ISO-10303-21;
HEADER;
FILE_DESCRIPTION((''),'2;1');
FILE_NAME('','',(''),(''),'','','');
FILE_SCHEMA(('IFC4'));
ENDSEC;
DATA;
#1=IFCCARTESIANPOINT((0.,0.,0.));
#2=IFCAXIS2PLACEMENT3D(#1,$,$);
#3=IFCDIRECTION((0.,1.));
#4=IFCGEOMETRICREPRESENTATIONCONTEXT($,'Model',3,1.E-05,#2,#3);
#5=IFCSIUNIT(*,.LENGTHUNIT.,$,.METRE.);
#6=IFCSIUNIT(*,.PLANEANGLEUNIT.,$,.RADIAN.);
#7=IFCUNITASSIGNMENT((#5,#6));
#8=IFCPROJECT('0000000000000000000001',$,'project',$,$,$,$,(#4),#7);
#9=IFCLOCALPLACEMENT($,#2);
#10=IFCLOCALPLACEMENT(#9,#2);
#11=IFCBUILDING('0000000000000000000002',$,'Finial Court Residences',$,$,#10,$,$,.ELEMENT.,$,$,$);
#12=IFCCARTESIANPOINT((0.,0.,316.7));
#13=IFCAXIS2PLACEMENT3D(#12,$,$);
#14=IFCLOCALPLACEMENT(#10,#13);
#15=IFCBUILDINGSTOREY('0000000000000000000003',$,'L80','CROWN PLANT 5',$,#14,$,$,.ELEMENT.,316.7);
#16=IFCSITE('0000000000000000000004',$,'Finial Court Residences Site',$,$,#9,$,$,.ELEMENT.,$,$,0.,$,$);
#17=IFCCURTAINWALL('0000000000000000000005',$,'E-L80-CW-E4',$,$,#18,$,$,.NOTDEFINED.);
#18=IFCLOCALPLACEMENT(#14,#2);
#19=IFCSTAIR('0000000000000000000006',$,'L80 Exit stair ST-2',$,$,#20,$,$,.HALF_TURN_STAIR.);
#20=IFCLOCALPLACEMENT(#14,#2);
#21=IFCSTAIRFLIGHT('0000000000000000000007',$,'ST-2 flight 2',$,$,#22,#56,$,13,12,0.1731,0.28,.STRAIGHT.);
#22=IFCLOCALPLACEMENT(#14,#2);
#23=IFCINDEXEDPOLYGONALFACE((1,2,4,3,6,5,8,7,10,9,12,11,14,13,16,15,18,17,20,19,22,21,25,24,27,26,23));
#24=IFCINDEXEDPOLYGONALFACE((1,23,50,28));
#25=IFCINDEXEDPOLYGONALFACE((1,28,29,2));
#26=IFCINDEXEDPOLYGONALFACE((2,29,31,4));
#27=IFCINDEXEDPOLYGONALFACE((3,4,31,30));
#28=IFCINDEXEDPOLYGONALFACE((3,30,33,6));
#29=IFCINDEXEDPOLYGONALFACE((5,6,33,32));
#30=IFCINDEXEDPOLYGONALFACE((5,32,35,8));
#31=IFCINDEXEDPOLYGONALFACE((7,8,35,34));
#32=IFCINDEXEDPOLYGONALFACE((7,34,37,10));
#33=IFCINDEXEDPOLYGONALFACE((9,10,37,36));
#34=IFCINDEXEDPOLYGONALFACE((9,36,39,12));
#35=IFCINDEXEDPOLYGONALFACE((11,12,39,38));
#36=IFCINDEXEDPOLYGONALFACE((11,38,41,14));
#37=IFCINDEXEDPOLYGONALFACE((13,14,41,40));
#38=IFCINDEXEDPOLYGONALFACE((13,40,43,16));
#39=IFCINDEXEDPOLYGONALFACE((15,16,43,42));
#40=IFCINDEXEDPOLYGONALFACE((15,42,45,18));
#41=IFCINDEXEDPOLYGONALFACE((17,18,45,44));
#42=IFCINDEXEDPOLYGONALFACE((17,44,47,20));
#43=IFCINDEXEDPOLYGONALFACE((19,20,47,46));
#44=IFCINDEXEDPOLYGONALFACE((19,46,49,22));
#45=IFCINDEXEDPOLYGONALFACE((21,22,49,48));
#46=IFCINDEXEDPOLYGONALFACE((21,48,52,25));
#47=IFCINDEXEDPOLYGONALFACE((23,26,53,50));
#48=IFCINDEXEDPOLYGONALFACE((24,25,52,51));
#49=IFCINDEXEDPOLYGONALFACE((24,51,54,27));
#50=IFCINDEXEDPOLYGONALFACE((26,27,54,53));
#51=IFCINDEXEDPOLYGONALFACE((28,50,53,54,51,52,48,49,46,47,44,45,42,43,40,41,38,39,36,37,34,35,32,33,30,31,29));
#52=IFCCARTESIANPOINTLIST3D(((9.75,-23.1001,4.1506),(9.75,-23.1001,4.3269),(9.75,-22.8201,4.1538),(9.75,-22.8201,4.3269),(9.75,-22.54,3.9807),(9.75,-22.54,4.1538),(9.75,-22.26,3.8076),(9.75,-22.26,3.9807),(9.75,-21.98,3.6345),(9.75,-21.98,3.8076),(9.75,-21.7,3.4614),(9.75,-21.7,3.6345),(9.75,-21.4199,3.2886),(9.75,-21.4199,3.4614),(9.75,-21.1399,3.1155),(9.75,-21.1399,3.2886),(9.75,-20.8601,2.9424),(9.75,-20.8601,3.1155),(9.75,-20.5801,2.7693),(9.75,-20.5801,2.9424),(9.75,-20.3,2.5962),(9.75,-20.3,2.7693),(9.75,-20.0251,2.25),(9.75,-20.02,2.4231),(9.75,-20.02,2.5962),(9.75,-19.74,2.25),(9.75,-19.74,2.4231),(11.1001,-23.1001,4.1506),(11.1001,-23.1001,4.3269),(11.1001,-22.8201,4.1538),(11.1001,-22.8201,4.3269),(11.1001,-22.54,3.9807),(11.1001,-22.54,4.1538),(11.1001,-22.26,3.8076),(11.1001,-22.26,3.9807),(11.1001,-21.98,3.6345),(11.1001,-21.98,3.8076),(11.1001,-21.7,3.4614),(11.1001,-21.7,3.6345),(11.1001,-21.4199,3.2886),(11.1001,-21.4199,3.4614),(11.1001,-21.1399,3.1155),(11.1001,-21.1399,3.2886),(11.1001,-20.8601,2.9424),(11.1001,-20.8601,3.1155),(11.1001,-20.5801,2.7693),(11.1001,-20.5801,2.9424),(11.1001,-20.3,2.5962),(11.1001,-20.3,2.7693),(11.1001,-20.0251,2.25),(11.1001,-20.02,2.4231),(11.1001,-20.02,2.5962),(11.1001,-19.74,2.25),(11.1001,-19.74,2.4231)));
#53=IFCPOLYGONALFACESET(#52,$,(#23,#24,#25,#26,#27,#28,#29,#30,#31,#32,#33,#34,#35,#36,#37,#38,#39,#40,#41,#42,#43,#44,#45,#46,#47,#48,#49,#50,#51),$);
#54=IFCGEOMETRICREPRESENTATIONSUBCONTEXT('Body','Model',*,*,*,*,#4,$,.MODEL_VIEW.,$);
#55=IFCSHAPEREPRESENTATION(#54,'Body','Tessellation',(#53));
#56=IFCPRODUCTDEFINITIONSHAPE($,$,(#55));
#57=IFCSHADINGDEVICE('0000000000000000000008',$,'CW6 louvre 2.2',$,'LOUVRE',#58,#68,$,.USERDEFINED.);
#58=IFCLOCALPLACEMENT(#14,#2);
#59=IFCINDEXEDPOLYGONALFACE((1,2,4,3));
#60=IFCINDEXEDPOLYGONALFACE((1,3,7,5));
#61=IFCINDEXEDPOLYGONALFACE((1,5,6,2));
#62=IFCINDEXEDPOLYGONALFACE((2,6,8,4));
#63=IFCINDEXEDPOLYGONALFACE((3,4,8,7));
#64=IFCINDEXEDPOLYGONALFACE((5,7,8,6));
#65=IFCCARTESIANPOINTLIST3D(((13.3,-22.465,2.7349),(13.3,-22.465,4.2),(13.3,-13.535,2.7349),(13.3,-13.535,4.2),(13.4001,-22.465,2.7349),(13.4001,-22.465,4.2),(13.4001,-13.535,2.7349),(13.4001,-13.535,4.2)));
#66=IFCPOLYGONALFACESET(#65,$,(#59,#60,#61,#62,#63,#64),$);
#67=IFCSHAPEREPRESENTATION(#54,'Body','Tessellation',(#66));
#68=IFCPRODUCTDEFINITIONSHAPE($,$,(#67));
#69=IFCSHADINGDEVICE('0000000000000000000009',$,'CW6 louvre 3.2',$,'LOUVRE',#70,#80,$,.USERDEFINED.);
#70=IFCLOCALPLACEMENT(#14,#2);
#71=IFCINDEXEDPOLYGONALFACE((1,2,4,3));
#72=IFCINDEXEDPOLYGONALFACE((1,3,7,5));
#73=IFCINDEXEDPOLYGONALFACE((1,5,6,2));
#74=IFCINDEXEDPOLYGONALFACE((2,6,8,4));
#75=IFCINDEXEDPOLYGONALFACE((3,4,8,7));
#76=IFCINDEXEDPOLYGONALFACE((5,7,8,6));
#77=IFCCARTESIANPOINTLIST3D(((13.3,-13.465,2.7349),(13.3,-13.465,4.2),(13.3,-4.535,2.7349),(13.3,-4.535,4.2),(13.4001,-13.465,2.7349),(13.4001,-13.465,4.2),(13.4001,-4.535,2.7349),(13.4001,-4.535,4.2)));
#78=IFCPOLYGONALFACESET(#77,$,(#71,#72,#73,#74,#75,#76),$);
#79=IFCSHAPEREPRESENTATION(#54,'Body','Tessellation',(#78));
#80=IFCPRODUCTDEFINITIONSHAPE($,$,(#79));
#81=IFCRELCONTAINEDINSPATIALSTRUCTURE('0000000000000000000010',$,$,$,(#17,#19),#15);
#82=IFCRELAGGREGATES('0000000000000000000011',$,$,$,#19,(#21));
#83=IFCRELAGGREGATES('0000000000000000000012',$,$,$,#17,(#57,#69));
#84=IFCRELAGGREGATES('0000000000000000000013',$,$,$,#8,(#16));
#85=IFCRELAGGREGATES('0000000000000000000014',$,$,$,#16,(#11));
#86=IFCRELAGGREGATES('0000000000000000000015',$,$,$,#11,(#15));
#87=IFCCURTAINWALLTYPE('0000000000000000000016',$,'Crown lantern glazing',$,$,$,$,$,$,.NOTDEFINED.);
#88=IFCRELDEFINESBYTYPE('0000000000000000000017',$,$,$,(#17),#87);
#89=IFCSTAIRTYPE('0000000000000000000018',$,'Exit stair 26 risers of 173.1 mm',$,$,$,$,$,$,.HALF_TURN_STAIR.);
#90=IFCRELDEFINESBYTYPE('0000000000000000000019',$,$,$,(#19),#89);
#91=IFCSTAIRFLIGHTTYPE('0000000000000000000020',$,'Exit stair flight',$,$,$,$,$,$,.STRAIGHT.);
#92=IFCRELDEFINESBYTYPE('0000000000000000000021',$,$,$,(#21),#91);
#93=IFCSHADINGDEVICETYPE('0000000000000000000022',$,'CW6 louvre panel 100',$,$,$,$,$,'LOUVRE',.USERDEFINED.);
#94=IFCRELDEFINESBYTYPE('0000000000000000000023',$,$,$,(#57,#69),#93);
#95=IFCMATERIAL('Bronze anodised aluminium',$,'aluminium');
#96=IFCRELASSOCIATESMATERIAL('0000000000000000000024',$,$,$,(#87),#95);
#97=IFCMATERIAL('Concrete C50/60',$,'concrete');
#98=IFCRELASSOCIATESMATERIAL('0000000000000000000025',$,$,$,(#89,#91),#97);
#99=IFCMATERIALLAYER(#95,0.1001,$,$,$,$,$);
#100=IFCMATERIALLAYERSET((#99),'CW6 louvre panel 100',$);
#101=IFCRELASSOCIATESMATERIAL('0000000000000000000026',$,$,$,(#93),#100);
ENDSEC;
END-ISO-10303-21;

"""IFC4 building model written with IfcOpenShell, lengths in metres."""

from ifc_helpers import new_model, si_unit, direction, frame, origin, origin_2d, place, context, subcontext, project, spatial, polyline, rectangle, outline, extrude, material, layer, layer_set, type_object, element, aggregate, save


model = new_model("IFC4")

# Units and contexts
model_context = context("Model", 3, precision=1e-05, world=origin(), true_north=direction((0.0, 1.0)))
body_context = subcontext(model_context, "Body", "Model", "MODEL_VIEW")
ifc_project = project(units=[si_unit("LENGTHUNIT", "METRE"), si_unit("PLANEANGLEUNIT", "RADIAN")], contexts=[model_context])

# Site, building, storey
site_placement = place(None, origin())
site = spatial("IfcSite", under=ifc_project, at=site_placement, Name="Finial Court Residences Site", CompositionType="ELEMENT", RefElevation=0.0)
building_placement = place(site_placement, origin())
building = spatial("IfcBuilding", under=site, at=building_placement, Name="Finial Court Residences", CompositionType="ELEMENT")
storey_placement = place(building_placement, frame((0.0, 0.0, 316.7)))
storey = spatial("IfcBuildingStorey", under=building, at=storey_placement, Name="L80", Description="CROWN PLANT 5", CompositionType="ELEMENT", Elevation=316.7)

# Curtain wall
ifc_material_1 = material(Name="Bronze anodised aluminium", Category="aluminium")
curtain_wall_type = type_object("IfcCurtainWallType", Name="Crown lantern glazing", PredefinedType="NOTDEFINED", material=ifc_material_1)
curtain_wall_placement = place(storey_placement, origin())
curtain_wall = element("IfcCurtainWall", 1, at=curtain_wall_placement, inside=storey, type_object=curtain_wall_type, Name="E-L80-CW-E4", PredefinedType="NOTDEFINED")

# Shared definitions
ifc_material_2 = material(Name="Concrete C50/60", Category="concrete")

# Stair, stair flight
stair_type = type_object("IfcStairType", Name="Exit stair 26 risers of 173.1 mm", PredefinedType="HALF_TURN_STAIR", material=ifc_material_2)
stair_placement = place(storey_placement, origin())
stair = element("IfcStair", 2, at=stair_placement, inside=storey, type_object=stair_type, Name="L80 Exit stair ST-2", PredefinedType="HALF_TURN_STAIR")
stair_flight_type = type_object("IfcStairFlightType", Name="Exit stair flight", PredefinedType="STRAIGHT", material=ifc_material_2)
stair_flight_placement = place(storey_placement, frame((10.425, -19.74, 2.25), z_axis=(0.0, 0.0, 1.0), x_axis=(0.0, -1.0, 0.0)))
stair_flight = element("IfcStairFlight", 3, at=stair_flight_placement, type_object=stair_flight_type, Name="ST-2 flight 2", NumberOfRisers=13, NumberOfTreads=12, PredefinedType="STRAIGHT", RiserHeight=0.1731, TreadLength=0.28, context=body_context, shape_type="SweptSolid", body=[
    extrude(outline(polyline([(0.0, 0.0), (0.0, 0.1731), (0.28, 0.1731), (0.28, 0.3462), (0.5601, 0.3462), (0.5601, 0.5193), (0.8401, 0.5193), (0.8401, 0.6924), (1.1201, 0.6924), (1.1201, 0.8655), (1.3999, 0.8655), (1.3999, 1.0386), (1.6799, 1.0386), (1.6799, 1.2114), (1.96, 1.2114), (1.96, 1.3845), (2.24, 1.3845), (2.24, 1.5576), (2.52, 1.5576), (2.52, 1.7307), (2.8, 1.7307), (2.8, 1.9038), (3.0801, 1.9038), (3.0801, 2.0769), (3.3601, 2.0769), (3.3601, 2.25), (3.3601, 1.9006), (0.2852, 0.0), (0.0, 0.0)])), frame((0.0, 0.675, 0.0), z_axis=(0.0, -1.0, 0.0), x_axis=(1.0, 0.0, 0.0)), (0.0, 0.0, 1.0), 1.3501),
])
aggregate(stair, [stair_flight])

# Shading devices
ifc_layer_1 = layer(ifc_material_1, 0.1001)
ifc_layer_set_1 = layer_set([ifc_layer_1], Name="CW6 louvre panel 100")
shading_device_type = type_object("IfcShadingDeviceType", Name="CW6 louvre panel 100", ElementType="LOUVRE", PredefinedType="USERDEFINED", material=ifc_layer_set_1)
shading_device_1_placement = place(storey_placement, frame((13.3501, -18.0, 2.7349), z_axis=(0.0, 0.0, 1.0), x_axis=(0.0, 1.0, 0.0)))
shading_device_1 = element("IfcShadingDevice", 4, at=shading_device_1_placement, type_object=shading_device_type, Name="CW6 louvre 2.2", ObjectType="LOUVRE", PredefinedType="USERDEFINED", context=body_context, shape_type="SweptSolid", body=[
    extrude(rectangle(XDim=8.9299, YDim=0.1001, at=origin_2d()), origin(), (0.0, 0.0, 1.0), 1.4651),
])
shading_device_2_placement = place(storey_placement, frame((13.3501, -9.0, 2.7349), z_axis=(0.0, 0.0, 1.0), x_axis=(0.0, 1.0, 0.0)))
shading_device_2 = element("IfcShadingDevice", 5, at=shading_device_2_placement, type_object=shading_device_type, Name="CW6 louvre 3.2", ObjectType="LOUVRE", PredefinedType="USERDEFINED", context=body_context, shape_type="SweptSolid", body=[
    extrude(rectangle(XDim=8.9299, YDim=0.1001, at=origin_2d()), origin(), (0.0, 0.0, 1.0), 1.4651),
])
aggregate(curtain_wall, [shading_device_1, shading_device_2])

save(model, "model.ifc")
